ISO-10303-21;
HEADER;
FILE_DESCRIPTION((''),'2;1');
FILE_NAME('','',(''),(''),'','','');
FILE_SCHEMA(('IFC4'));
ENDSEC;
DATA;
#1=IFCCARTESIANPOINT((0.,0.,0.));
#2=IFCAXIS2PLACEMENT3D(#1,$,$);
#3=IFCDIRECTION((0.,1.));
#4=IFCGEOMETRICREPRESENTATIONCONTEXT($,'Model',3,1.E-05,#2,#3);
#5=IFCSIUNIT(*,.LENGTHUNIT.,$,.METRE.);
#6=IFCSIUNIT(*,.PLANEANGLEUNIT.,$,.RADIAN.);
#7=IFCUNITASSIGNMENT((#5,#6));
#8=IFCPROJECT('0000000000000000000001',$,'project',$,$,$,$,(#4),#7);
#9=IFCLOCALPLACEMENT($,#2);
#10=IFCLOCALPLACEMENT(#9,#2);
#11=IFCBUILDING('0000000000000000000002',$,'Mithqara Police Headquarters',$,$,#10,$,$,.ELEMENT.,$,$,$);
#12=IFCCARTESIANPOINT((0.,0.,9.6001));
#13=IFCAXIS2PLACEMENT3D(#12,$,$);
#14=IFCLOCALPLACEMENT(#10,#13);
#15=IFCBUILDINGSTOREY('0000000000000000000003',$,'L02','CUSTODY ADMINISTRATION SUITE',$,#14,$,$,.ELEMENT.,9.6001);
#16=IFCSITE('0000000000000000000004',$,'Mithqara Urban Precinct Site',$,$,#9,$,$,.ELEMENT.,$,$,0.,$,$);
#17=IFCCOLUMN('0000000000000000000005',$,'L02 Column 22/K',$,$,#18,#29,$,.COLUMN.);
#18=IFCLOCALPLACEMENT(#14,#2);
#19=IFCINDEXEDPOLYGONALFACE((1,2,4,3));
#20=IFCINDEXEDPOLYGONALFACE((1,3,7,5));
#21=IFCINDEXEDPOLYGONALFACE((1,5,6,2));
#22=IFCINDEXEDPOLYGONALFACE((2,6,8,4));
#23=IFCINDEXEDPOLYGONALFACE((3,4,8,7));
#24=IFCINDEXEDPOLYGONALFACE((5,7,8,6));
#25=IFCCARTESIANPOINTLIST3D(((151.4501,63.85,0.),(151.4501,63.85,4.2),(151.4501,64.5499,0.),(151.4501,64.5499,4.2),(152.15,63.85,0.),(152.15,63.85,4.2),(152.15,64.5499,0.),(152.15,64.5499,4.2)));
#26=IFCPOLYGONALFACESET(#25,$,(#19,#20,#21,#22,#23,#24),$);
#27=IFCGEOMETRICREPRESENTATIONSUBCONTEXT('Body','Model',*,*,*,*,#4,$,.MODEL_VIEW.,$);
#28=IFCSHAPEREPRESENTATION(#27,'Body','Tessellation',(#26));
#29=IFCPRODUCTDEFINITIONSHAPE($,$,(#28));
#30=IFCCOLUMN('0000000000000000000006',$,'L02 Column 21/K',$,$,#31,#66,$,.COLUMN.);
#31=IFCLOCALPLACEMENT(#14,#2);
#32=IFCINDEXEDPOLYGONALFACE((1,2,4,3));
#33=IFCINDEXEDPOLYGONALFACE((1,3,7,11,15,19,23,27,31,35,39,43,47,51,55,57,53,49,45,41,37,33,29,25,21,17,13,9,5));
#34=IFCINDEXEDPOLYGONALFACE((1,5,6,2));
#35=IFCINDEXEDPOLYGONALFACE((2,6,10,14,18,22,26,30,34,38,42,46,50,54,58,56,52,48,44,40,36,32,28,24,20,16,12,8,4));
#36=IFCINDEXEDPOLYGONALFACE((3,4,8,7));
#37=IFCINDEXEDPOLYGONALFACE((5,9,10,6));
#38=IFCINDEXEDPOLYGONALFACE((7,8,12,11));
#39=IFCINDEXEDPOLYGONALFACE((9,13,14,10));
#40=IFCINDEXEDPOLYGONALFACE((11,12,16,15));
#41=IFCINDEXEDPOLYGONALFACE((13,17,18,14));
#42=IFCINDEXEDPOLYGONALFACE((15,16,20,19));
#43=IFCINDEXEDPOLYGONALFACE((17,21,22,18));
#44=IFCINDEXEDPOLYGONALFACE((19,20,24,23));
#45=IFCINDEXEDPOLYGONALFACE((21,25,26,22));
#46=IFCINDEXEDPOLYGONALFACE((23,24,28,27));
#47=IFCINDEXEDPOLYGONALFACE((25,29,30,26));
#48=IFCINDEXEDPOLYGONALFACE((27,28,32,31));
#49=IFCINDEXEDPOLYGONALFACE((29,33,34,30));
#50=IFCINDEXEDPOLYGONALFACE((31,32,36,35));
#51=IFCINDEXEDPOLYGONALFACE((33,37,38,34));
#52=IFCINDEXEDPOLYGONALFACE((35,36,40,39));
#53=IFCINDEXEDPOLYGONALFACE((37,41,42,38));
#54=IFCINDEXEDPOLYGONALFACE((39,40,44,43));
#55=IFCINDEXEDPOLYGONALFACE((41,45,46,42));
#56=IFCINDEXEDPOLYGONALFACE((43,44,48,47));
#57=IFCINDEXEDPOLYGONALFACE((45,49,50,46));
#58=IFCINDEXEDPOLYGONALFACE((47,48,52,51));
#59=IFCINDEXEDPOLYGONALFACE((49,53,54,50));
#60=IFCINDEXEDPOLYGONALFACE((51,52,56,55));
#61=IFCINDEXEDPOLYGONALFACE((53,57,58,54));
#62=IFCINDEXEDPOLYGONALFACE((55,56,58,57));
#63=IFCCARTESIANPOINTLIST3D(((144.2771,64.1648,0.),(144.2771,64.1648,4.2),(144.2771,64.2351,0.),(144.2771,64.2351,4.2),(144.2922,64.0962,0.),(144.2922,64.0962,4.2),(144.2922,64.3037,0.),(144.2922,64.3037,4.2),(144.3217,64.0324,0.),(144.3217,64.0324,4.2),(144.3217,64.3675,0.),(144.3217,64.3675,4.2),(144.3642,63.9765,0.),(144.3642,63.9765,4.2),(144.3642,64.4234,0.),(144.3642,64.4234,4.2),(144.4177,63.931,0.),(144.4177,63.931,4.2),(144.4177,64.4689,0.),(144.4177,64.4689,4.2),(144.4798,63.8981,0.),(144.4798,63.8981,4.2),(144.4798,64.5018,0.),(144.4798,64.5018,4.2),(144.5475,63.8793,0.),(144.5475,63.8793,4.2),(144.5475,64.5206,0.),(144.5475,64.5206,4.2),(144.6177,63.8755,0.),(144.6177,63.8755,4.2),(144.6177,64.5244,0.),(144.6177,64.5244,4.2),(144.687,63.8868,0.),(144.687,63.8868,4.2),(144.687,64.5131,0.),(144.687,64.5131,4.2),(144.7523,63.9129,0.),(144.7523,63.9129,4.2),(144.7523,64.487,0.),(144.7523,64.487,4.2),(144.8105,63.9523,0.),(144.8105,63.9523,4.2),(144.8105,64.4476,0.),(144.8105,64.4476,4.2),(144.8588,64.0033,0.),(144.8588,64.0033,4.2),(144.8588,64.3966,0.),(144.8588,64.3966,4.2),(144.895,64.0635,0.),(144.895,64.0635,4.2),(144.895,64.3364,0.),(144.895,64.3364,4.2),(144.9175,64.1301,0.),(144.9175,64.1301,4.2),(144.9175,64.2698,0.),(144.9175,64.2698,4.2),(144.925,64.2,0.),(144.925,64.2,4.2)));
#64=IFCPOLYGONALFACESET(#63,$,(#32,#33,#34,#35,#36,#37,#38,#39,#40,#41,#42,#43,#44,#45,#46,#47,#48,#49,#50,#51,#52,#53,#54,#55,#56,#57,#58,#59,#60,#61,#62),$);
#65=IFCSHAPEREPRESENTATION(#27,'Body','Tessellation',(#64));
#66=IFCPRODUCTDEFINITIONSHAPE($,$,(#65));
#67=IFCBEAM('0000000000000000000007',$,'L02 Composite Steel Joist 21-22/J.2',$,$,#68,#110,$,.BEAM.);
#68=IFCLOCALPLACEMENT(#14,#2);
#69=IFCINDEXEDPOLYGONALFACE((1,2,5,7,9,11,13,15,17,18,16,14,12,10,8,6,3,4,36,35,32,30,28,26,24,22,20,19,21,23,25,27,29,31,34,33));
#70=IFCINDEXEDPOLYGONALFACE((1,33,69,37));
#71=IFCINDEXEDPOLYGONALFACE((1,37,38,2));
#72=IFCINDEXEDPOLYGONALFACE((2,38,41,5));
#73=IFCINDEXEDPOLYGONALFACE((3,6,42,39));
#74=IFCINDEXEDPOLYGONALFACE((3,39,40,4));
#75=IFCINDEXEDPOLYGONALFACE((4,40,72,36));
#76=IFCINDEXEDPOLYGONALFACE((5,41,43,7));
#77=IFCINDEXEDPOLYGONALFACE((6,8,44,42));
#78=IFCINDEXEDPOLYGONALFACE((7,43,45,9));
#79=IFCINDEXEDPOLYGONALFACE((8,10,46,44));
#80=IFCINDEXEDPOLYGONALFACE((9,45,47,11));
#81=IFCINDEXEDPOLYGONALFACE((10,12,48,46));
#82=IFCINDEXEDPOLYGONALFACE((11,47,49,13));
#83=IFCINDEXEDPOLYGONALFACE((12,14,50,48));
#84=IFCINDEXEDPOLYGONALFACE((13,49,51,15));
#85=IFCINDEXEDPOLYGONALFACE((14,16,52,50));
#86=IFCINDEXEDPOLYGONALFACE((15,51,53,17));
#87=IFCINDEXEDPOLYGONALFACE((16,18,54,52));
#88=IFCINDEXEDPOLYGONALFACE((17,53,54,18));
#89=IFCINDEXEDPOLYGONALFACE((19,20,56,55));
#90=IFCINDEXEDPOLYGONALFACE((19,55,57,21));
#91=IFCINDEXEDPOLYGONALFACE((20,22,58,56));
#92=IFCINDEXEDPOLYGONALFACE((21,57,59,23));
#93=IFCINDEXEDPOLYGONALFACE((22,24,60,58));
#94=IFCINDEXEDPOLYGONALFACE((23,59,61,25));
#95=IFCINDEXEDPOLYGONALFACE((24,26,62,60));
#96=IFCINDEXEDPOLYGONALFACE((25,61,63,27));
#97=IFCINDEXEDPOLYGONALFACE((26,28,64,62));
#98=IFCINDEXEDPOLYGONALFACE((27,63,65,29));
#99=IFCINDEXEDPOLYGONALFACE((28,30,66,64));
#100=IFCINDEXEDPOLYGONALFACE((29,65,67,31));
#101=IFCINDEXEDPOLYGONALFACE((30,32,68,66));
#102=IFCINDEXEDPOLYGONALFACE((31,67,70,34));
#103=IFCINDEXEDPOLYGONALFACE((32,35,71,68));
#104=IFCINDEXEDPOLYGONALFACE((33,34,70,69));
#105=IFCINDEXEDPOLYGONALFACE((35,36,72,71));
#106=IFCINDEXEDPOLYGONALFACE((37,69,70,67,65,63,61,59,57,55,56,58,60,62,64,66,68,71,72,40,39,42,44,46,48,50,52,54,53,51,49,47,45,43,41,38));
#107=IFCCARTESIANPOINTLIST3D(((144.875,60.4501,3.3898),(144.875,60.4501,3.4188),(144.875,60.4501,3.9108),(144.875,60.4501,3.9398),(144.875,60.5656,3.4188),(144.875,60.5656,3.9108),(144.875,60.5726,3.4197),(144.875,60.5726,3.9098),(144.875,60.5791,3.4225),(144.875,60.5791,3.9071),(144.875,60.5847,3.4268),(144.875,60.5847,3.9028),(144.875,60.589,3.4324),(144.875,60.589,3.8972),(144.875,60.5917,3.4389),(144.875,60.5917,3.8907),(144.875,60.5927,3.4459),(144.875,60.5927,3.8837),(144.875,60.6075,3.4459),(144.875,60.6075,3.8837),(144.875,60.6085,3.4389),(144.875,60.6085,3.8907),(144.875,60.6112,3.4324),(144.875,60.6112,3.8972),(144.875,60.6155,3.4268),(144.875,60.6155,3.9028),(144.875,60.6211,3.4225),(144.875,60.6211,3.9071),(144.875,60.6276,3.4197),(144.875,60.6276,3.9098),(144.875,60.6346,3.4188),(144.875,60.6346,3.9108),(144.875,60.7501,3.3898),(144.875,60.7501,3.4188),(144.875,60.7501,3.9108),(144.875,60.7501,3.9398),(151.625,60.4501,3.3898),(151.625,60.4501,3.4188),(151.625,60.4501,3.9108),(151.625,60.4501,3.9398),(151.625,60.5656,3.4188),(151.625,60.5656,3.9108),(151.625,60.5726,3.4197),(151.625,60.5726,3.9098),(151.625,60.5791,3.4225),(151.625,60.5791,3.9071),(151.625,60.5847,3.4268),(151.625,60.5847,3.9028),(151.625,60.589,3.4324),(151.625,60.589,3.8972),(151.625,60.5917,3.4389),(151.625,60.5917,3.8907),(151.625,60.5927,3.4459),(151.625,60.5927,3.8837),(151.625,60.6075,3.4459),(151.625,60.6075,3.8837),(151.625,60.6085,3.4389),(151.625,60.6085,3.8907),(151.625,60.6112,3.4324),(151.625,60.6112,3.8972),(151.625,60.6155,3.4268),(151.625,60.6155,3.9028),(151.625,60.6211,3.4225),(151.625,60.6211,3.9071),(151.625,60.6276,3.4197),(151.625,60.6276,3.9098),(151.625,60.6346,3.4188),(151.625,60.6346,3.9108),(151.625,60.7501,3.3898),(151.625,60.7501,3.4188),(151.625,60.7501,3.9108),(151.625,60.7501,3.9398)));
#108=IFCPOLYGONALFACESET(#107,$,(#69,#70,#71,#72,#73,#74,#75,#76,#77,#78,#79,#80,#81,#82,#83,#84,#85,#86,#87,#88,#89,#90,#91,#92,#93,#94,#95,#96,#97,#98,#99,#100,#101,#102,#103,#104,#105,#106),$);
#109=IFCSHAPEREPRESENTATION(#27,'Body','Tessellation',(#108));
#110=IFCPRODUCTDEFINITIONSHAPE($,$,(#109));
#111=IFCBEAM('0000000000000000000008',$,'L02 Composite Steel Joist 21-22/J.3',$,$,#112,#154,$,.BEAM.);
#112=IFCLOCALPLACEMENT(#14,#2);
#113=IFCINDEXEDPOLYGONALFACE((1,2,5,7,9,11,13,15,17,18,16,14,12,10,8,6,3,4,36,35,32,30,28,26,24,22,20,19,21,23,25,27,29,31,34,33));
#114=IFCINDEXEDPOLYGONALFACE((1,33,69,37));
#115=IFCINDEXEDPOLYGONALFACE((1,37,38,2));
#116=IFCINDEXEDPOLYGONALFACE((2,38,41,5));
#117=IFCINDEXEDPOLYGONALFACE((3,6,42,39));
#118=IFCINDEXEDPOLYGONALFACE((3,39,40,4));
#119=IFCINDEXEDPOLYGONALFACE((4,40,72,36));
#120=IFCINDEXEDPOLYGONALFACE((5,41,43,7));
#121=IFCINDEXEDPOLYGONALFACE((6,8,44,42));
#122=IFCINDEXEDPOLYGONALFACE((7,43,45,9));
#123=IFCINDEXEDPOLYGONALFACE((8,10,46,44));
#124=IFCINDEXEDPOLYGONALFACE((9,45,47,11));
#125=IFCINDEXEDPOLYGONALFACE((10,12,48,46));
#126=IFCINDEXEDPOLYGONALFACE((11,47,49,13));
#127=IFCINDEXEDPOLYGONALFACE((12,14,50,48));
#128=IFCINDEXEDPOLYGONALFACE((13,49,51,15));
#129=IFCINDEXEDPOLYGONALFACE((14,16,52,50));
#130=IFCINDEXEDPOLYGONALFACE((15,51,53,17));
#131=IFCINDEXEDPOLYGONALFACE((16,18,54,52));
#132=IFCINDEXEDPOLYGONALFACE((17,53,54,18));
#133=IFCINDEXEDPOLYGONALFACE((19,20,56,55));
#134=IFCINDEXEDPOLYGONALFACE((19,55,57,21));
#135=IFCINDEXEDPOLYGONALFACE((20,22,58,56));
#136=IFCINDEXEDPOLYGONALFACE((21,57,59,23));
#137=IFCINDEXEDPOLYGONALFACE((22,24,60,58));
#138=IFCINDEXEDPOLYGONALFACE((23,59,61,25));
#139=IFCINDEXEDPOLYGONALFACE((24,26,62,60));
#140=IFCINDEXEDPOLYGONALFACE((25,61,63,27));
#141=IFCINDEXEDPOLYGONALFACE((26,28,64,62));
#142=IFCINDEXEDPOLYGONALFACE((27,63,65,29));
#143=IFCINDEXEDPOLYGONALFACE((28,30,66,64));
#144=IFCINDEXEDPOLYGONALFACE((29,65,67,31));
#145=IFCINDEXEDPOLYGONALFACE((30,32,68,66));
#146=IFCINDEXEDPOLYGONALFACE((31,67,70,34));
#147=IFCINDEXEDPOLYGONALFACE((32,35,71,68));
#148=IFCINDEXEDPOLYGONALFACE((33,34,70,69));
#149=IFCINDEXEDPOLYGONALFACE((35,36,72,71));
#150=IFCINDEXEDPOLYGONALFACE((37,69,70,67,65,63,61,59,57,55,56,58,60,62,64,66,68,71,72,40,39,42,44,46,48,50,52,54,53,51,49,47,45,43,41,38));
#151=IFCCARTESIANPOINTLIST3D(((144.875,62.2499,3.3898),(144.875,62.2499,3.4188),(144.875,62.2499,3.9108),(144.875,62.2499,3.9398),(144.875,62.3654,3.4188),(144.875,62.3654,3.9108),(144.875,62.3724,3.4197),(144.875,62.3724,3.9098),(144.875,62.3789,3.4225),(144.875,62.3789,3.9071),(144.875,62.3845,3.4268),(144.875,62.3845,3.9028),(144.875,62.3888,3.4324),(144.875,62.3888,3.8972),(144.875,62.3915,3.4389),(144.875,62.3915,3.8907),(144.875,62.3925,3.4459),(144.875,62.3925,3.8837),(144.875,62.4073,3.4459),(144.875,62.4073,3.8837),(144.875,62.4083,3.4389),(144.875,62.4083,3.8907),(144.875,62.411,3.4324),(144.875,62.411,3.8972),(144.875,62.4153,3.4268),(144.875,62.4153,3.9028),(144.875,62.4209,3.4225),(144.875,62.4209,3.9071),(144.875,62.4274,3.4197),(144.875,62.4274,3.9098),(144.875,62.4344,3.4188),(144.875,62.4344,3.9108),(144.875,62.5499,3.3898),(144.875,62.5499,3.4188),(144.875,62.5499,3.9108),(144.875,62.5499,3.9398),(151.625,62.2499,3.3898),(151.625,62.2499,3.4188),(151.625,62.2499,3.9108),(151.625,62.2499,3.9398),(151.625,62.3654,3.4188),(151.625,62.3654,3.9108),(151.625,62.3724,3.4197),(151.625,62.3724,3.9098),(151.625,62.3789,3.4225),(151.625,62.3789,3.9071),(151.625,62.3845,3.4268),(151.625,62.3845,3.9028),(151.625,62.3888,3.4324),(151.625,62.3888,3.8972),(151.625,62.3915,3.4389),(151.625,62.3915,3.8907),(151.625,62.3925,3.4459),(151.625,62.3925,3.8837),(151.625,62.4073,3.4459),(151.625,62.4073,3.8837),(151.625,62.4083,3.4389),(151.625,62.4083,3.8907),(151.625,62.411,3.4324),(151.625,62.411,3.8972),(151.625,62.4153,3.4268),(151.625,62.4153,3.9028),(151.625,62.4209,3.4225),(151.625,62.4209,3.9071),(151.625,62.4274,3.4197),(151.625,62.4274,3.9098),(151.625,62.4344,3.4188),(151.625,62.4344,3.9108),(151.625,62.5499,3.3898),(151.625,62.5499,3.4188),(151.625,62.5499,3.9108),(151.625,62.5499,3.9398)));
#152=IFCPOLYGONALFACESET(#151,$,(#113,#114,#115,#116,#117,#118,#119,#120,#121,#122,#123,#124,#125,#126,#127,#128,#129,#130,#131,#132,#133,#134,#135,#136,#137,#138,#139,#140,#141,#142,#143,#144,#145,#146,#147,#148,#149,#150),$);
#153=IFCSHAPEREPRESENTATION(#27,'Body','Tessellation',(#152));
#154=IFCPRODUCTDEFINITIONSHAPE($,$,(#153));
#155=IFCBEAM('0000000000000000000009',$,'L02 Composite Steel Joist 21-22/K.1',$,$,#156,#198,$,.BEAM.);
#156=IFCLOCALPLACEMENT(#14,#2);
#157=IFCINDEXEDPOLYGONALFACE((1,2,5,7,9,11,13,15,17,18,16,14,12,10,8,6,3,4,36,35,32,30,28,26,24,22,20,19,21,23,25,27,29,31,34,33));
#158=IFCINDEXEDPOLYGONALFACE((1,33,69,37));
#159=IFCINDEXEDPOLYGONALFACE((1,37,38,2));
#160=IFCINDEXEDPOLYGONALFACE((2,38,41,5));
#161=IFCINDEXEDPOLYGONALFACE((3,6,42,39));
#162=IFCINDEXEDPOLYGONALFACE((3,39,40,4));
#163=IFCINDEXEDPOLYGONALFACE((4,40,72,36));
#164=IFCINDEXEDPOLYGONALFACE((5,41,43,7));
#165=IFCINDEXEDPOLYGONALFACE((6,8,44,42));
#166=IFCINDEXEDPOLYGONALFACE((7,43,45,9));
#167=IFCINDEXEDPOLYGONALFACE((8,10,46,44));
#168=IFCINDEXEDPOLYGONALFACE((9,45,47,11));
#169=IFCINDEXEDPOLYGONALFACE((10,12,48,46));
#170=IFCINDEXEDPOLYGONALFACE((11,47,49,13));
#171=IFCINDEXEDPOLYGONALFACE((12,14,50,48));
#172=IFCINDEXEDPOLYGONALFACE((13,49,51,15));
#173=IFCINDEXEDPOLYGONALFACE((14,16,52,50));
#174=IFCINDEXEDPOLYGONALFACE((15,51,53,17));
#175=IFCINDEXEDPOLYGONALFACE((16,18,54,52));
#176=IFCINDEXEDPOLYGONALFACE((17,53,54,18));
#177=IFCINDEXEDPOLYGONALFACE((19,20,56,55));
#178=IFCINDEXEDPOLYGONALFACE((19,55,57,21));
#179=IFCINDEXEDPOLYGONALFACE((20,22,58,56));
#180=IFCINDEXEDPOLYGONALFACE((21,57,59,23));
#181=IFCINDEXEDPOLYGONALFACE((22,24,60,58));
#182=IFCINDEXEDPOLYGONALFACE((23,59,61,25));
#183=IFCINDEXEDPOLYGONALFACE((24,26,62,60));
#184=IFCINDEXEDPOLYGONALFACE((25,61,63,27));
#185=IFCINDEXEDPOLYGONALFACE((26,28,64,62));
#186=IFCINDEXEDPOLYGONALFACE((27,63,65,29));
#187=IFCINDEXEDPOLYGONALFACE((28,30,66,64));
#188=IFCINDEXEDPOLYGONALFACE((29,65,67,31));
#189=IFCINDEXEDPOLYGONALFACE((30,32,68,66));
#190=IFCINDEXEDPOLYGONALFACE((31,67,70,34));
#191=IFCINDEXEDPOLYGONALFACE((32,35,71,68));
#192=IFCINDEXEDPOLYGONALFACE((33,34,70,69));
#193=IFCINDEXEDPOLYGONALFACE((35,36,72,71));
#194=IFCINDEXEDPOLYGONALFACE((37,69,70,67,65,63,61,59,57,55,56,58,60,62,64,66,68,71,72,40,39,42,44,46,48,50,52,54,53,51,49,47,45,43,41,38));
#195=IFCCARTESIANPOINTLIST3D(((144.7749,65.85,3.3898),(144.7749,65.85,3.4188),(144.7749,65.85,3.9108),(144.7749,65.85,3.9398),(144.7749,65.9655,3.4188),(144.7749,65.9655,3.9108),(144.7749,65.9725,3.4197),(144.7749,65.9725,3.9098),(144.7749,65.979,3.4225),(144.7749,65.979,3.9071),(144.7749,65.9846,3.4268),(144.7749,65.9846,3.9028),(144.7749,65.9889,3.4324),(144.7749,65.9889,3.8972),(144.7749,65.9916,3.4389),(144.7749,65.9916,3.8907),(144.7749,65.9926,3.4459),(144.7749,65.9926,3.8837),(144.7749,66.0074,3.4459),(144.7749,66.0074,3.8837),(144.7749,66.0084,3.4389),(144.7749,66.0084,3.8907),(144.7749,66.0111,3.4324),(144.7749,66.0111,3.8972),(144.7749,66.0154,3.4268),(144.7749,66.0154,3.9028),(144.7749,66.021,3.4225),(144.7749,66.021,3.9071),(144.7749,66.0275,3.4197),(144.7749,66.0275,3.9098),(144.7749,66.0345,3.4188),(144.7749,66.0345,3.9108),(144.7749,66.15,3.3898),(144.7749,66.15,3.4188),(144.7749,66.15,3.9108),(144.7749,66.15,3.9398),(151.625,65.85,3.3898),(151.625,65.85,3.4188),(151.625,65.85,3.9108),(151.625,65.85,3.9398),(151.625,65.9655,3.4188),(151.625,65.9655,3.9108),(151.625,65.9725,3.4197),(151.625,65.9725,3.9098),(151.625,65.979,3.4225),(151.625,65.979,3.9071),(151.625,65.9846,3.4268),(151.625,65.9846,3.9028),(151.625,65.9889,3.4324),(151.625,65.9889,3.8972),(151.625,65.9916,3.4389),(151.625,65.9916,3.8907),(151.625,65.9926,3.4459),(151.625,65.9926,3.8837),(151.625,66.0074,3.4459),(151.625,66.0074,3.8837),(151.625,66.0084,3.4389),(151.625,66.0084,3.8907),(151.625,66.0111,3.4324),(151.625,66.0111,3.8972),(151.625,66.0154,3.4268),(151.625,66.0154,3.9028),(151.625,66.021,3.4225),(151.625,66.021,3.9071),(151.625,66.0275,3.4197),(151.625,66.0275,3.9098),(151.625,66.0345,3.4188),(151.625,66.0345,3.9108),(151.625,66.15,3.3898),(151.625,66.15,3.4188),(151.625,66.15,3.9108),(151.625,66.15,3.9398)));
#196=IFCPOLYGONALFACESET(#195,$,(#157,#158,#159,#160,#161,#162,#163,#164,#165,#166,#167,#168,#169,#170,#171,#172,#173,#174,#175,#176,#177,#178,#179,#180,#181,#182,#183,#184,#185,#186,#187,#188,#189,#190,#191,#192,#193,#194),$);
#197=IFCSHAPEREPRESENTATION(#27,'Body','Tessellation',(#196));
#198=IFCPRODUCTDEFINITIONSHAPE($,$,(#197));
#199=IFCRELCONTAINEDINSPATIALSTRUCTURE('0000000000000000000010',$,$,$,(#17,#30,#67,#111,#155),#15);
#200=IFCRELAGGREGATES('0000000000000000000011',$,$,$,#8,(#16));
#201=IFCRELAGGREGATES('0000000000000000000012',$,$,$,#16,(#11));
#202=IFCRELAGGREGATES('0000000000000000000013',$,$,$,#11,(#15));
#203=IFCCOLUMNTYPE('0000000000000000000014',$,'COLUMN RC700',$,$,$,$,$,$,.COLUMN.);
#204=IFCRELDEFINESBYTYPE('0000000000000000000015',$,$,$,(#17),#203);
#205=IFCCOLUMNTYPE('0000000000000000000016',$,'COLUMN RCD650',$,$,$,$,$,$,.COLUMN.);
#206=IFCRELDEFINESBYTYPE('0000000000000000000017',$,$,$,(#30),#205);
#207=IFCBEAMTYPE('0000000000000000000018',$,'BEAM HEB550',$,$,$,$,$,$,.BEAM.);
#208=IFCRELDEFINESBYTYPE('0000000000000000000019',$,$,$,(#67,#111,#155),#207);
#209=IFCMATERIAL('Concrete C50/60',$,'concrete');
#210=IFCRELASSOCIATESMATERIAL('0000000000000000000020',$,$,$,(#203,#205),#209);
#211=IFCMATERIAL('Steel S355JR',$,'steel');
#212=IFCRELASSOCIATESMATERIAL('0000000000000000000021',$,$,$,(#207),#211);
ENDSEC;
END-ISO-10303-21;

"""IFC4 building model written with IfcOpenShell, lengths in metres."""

from ifc_helpers import new_model, si_unit, direction, frame, origin, origin_2d, place, context, subcontext, project, spatial, rectangle, circle, i_section, extrude, material, material_profile, profile_set, type_object, element, save


model = new_model("IFC4")

# Units and contexts
model_context = context("Model", 3, precision=1e-05, world=origin(), true_north=direction((0.0, 1.0)))
body_context = subcontext(model_context, "Body", "Model", "MODEL_VIEW")
ifc_project = project(units=[si_unit("LENGTHUNIT", "METRE"), si_unit("PLANEANGLEUNIT", "RADIAN")], contexts=[model_context])

# Site, building, storey
site_placement = place(None, origin())
site = spatial("IfcSite", under=ifc_project, at=site_placement, Name="Mithqara Urban Precinct Site", CompositionType="ELEMENT", RefElevation=0.0)
building_placement = place(site_placement, origin())
building = spatial("IfcBuilding", under=site, at=building_placement, Name="Mithqara Police Headquarters", CompositionType="ELEMENT")
storey_placement = place(building_placement, frame((0.0, 0.0, 9.6001)))
storey = spatial("IfcBuildingStorey", under=building, at=storey_placement, Name="L02", Description="CUSTODY ADMINISTRATION SUITE", CompositionType="ELEMENT", Elevation=9.6001)

# Columns
ifc_material_1 = material(Name="Concrete C50/60", Category="concrete")
ifc_material_profile_1 = material_profile(ifc_material_1, rectangle(XDim=0.7, YDim=0.7, at=origin_2d()), Name="RC 700x700")
ifc_profile_set_1 = profile_set([ifc_material_profile_1], Name="Concrete C50/60")
column_type_1 = type_object("IfcColumnType", Name="COLUMN RC700", PredefinedType="COLUMN", material=ifc_profile_set_1)
column_1_placement = place(storey_placement, frame((151.8, 64.2, 0.0), z_axis=(0.0, 0.0, 1.0), x_axis=(1.0, 0.0, 0.0)))
element("IfcColumn", 1, at=column_1_placement, inside=storey, type_object=column_type_1, Name="L02 Column 22/K", PredefinedType="COLUMN", context=body_context, shape_type="SweptSolid", body=[
    extrude(rectangle(XDim=0.7, YDim=0.7, at=origin_2d()), origin(), (0.0, 0.0, 1.0), 4.2),
])
ifc_material_profile_2 = material_profile(ifc_material_1, circle(Radius=0.325, at=origin_2d()), Name="RCD 650")
ifc_profile_set_2 = profile_set([ifc_material_profile_2], Name="Concrete C50/60")
column_type_2 = type_object("IfcColumnType", Name="COLUMN RCD650", PredefinedType="COLUMN", material=ifc_profile_set_2)
column_2_placement = place(storey_placement, frame((144.6001, 64.2, 0.0), z_axis=(0.0, 0.0, 1.0), x_axis=(1.0, 0.0, 0.0)))
element("IfcColumn", 2, at=column_2_placement, inside=storey, type_object=column_type_2, Name="L02 Column 21/K", PredefinedType="COLUMN", context=body_context, shape_type="SweptSolid", body=[
    extrude(circle(Radius=0.325, at=origin_2d()), origin(), (0.0, 0.0, 1.0), 4.2),
])

# Beams
ifc_material_2 = material(Name="Steel S355JR", Category="steel")
ifc_material_profile_3 = material_profile(ifc_material_2, i_section(OverallWidth=0.3, OverallDepth=0.55, WebThickness=0.0149, FlangeThickness=0.0291, FilletRadius=0.0271, at=origin_2d()), Name="HEB 550")
ifc_profile_set_3 = profile_set([ifc_material_profile_3], Name="Steel S355JR")
beam_type_1 = type_object("IfcBeamType", Name="BEAM HEB550", PredefinedType="BEAM", material=ifc_profile_set_3)
for number, where, z_axis, x_axis, name in (
    (3, (144.875, 60.6001, 3.6648), (1.0, 0.0, 0.0), (0.0, 1.0, 0.0), "L02 Composite Steel Joist 21-22/J.2"),
    (4, (144.875, 62.3999, 3.6648), (1.0, 0.0, 0.0), (0.0, 1.0, 0.0), "L02 Composite Steel Joist 21-22/J.3"),
):
    element("IfcBeam", number, at=place(storey_placement, frame(where, z_axis=z_axis, x_axis=x_axis)), inside=storey, type_object=beam_type_1, Name=name, PredefinedType="BEAM", context=body_context, shape_type="SweptSolid", body=[
        extrude(i_section(OverallWidth=0.3, OverallDepth=0.55, WebThickness=0.0149, FlangeThickness=0.0291, FilletRadius=0.0271, at=origin_2d()), origin(), (0.0, 0.0, 1.0), 6.75),
    ])
beam_1_placement = place(storey_placement, frame((144.7749, 66.0, 3.6648), z_axis=(1.0, 0.0, 0.0), x_axis=(0.0, 1.0, 0.0)))
element("IfcBeam", 5, at=beam_1_placement, inside=storey, type_object=beam_type_1, Name="L02 Composite Steel Joist 21-22/K.1", PredefinedType="BEAM", context=body_context, shape_type="SweptSolid", body=[
    extrude(i_section(OverallWidth=0.3, OverallDepth=0.55, WebThickness=0.0149, FlangeThickness=0.0291, FilletRadius=0.0271, at=origin_2d()), origin(), (0.0, 0.0, 1.0), 6.8501),
])

save(model, "model.ifc")
